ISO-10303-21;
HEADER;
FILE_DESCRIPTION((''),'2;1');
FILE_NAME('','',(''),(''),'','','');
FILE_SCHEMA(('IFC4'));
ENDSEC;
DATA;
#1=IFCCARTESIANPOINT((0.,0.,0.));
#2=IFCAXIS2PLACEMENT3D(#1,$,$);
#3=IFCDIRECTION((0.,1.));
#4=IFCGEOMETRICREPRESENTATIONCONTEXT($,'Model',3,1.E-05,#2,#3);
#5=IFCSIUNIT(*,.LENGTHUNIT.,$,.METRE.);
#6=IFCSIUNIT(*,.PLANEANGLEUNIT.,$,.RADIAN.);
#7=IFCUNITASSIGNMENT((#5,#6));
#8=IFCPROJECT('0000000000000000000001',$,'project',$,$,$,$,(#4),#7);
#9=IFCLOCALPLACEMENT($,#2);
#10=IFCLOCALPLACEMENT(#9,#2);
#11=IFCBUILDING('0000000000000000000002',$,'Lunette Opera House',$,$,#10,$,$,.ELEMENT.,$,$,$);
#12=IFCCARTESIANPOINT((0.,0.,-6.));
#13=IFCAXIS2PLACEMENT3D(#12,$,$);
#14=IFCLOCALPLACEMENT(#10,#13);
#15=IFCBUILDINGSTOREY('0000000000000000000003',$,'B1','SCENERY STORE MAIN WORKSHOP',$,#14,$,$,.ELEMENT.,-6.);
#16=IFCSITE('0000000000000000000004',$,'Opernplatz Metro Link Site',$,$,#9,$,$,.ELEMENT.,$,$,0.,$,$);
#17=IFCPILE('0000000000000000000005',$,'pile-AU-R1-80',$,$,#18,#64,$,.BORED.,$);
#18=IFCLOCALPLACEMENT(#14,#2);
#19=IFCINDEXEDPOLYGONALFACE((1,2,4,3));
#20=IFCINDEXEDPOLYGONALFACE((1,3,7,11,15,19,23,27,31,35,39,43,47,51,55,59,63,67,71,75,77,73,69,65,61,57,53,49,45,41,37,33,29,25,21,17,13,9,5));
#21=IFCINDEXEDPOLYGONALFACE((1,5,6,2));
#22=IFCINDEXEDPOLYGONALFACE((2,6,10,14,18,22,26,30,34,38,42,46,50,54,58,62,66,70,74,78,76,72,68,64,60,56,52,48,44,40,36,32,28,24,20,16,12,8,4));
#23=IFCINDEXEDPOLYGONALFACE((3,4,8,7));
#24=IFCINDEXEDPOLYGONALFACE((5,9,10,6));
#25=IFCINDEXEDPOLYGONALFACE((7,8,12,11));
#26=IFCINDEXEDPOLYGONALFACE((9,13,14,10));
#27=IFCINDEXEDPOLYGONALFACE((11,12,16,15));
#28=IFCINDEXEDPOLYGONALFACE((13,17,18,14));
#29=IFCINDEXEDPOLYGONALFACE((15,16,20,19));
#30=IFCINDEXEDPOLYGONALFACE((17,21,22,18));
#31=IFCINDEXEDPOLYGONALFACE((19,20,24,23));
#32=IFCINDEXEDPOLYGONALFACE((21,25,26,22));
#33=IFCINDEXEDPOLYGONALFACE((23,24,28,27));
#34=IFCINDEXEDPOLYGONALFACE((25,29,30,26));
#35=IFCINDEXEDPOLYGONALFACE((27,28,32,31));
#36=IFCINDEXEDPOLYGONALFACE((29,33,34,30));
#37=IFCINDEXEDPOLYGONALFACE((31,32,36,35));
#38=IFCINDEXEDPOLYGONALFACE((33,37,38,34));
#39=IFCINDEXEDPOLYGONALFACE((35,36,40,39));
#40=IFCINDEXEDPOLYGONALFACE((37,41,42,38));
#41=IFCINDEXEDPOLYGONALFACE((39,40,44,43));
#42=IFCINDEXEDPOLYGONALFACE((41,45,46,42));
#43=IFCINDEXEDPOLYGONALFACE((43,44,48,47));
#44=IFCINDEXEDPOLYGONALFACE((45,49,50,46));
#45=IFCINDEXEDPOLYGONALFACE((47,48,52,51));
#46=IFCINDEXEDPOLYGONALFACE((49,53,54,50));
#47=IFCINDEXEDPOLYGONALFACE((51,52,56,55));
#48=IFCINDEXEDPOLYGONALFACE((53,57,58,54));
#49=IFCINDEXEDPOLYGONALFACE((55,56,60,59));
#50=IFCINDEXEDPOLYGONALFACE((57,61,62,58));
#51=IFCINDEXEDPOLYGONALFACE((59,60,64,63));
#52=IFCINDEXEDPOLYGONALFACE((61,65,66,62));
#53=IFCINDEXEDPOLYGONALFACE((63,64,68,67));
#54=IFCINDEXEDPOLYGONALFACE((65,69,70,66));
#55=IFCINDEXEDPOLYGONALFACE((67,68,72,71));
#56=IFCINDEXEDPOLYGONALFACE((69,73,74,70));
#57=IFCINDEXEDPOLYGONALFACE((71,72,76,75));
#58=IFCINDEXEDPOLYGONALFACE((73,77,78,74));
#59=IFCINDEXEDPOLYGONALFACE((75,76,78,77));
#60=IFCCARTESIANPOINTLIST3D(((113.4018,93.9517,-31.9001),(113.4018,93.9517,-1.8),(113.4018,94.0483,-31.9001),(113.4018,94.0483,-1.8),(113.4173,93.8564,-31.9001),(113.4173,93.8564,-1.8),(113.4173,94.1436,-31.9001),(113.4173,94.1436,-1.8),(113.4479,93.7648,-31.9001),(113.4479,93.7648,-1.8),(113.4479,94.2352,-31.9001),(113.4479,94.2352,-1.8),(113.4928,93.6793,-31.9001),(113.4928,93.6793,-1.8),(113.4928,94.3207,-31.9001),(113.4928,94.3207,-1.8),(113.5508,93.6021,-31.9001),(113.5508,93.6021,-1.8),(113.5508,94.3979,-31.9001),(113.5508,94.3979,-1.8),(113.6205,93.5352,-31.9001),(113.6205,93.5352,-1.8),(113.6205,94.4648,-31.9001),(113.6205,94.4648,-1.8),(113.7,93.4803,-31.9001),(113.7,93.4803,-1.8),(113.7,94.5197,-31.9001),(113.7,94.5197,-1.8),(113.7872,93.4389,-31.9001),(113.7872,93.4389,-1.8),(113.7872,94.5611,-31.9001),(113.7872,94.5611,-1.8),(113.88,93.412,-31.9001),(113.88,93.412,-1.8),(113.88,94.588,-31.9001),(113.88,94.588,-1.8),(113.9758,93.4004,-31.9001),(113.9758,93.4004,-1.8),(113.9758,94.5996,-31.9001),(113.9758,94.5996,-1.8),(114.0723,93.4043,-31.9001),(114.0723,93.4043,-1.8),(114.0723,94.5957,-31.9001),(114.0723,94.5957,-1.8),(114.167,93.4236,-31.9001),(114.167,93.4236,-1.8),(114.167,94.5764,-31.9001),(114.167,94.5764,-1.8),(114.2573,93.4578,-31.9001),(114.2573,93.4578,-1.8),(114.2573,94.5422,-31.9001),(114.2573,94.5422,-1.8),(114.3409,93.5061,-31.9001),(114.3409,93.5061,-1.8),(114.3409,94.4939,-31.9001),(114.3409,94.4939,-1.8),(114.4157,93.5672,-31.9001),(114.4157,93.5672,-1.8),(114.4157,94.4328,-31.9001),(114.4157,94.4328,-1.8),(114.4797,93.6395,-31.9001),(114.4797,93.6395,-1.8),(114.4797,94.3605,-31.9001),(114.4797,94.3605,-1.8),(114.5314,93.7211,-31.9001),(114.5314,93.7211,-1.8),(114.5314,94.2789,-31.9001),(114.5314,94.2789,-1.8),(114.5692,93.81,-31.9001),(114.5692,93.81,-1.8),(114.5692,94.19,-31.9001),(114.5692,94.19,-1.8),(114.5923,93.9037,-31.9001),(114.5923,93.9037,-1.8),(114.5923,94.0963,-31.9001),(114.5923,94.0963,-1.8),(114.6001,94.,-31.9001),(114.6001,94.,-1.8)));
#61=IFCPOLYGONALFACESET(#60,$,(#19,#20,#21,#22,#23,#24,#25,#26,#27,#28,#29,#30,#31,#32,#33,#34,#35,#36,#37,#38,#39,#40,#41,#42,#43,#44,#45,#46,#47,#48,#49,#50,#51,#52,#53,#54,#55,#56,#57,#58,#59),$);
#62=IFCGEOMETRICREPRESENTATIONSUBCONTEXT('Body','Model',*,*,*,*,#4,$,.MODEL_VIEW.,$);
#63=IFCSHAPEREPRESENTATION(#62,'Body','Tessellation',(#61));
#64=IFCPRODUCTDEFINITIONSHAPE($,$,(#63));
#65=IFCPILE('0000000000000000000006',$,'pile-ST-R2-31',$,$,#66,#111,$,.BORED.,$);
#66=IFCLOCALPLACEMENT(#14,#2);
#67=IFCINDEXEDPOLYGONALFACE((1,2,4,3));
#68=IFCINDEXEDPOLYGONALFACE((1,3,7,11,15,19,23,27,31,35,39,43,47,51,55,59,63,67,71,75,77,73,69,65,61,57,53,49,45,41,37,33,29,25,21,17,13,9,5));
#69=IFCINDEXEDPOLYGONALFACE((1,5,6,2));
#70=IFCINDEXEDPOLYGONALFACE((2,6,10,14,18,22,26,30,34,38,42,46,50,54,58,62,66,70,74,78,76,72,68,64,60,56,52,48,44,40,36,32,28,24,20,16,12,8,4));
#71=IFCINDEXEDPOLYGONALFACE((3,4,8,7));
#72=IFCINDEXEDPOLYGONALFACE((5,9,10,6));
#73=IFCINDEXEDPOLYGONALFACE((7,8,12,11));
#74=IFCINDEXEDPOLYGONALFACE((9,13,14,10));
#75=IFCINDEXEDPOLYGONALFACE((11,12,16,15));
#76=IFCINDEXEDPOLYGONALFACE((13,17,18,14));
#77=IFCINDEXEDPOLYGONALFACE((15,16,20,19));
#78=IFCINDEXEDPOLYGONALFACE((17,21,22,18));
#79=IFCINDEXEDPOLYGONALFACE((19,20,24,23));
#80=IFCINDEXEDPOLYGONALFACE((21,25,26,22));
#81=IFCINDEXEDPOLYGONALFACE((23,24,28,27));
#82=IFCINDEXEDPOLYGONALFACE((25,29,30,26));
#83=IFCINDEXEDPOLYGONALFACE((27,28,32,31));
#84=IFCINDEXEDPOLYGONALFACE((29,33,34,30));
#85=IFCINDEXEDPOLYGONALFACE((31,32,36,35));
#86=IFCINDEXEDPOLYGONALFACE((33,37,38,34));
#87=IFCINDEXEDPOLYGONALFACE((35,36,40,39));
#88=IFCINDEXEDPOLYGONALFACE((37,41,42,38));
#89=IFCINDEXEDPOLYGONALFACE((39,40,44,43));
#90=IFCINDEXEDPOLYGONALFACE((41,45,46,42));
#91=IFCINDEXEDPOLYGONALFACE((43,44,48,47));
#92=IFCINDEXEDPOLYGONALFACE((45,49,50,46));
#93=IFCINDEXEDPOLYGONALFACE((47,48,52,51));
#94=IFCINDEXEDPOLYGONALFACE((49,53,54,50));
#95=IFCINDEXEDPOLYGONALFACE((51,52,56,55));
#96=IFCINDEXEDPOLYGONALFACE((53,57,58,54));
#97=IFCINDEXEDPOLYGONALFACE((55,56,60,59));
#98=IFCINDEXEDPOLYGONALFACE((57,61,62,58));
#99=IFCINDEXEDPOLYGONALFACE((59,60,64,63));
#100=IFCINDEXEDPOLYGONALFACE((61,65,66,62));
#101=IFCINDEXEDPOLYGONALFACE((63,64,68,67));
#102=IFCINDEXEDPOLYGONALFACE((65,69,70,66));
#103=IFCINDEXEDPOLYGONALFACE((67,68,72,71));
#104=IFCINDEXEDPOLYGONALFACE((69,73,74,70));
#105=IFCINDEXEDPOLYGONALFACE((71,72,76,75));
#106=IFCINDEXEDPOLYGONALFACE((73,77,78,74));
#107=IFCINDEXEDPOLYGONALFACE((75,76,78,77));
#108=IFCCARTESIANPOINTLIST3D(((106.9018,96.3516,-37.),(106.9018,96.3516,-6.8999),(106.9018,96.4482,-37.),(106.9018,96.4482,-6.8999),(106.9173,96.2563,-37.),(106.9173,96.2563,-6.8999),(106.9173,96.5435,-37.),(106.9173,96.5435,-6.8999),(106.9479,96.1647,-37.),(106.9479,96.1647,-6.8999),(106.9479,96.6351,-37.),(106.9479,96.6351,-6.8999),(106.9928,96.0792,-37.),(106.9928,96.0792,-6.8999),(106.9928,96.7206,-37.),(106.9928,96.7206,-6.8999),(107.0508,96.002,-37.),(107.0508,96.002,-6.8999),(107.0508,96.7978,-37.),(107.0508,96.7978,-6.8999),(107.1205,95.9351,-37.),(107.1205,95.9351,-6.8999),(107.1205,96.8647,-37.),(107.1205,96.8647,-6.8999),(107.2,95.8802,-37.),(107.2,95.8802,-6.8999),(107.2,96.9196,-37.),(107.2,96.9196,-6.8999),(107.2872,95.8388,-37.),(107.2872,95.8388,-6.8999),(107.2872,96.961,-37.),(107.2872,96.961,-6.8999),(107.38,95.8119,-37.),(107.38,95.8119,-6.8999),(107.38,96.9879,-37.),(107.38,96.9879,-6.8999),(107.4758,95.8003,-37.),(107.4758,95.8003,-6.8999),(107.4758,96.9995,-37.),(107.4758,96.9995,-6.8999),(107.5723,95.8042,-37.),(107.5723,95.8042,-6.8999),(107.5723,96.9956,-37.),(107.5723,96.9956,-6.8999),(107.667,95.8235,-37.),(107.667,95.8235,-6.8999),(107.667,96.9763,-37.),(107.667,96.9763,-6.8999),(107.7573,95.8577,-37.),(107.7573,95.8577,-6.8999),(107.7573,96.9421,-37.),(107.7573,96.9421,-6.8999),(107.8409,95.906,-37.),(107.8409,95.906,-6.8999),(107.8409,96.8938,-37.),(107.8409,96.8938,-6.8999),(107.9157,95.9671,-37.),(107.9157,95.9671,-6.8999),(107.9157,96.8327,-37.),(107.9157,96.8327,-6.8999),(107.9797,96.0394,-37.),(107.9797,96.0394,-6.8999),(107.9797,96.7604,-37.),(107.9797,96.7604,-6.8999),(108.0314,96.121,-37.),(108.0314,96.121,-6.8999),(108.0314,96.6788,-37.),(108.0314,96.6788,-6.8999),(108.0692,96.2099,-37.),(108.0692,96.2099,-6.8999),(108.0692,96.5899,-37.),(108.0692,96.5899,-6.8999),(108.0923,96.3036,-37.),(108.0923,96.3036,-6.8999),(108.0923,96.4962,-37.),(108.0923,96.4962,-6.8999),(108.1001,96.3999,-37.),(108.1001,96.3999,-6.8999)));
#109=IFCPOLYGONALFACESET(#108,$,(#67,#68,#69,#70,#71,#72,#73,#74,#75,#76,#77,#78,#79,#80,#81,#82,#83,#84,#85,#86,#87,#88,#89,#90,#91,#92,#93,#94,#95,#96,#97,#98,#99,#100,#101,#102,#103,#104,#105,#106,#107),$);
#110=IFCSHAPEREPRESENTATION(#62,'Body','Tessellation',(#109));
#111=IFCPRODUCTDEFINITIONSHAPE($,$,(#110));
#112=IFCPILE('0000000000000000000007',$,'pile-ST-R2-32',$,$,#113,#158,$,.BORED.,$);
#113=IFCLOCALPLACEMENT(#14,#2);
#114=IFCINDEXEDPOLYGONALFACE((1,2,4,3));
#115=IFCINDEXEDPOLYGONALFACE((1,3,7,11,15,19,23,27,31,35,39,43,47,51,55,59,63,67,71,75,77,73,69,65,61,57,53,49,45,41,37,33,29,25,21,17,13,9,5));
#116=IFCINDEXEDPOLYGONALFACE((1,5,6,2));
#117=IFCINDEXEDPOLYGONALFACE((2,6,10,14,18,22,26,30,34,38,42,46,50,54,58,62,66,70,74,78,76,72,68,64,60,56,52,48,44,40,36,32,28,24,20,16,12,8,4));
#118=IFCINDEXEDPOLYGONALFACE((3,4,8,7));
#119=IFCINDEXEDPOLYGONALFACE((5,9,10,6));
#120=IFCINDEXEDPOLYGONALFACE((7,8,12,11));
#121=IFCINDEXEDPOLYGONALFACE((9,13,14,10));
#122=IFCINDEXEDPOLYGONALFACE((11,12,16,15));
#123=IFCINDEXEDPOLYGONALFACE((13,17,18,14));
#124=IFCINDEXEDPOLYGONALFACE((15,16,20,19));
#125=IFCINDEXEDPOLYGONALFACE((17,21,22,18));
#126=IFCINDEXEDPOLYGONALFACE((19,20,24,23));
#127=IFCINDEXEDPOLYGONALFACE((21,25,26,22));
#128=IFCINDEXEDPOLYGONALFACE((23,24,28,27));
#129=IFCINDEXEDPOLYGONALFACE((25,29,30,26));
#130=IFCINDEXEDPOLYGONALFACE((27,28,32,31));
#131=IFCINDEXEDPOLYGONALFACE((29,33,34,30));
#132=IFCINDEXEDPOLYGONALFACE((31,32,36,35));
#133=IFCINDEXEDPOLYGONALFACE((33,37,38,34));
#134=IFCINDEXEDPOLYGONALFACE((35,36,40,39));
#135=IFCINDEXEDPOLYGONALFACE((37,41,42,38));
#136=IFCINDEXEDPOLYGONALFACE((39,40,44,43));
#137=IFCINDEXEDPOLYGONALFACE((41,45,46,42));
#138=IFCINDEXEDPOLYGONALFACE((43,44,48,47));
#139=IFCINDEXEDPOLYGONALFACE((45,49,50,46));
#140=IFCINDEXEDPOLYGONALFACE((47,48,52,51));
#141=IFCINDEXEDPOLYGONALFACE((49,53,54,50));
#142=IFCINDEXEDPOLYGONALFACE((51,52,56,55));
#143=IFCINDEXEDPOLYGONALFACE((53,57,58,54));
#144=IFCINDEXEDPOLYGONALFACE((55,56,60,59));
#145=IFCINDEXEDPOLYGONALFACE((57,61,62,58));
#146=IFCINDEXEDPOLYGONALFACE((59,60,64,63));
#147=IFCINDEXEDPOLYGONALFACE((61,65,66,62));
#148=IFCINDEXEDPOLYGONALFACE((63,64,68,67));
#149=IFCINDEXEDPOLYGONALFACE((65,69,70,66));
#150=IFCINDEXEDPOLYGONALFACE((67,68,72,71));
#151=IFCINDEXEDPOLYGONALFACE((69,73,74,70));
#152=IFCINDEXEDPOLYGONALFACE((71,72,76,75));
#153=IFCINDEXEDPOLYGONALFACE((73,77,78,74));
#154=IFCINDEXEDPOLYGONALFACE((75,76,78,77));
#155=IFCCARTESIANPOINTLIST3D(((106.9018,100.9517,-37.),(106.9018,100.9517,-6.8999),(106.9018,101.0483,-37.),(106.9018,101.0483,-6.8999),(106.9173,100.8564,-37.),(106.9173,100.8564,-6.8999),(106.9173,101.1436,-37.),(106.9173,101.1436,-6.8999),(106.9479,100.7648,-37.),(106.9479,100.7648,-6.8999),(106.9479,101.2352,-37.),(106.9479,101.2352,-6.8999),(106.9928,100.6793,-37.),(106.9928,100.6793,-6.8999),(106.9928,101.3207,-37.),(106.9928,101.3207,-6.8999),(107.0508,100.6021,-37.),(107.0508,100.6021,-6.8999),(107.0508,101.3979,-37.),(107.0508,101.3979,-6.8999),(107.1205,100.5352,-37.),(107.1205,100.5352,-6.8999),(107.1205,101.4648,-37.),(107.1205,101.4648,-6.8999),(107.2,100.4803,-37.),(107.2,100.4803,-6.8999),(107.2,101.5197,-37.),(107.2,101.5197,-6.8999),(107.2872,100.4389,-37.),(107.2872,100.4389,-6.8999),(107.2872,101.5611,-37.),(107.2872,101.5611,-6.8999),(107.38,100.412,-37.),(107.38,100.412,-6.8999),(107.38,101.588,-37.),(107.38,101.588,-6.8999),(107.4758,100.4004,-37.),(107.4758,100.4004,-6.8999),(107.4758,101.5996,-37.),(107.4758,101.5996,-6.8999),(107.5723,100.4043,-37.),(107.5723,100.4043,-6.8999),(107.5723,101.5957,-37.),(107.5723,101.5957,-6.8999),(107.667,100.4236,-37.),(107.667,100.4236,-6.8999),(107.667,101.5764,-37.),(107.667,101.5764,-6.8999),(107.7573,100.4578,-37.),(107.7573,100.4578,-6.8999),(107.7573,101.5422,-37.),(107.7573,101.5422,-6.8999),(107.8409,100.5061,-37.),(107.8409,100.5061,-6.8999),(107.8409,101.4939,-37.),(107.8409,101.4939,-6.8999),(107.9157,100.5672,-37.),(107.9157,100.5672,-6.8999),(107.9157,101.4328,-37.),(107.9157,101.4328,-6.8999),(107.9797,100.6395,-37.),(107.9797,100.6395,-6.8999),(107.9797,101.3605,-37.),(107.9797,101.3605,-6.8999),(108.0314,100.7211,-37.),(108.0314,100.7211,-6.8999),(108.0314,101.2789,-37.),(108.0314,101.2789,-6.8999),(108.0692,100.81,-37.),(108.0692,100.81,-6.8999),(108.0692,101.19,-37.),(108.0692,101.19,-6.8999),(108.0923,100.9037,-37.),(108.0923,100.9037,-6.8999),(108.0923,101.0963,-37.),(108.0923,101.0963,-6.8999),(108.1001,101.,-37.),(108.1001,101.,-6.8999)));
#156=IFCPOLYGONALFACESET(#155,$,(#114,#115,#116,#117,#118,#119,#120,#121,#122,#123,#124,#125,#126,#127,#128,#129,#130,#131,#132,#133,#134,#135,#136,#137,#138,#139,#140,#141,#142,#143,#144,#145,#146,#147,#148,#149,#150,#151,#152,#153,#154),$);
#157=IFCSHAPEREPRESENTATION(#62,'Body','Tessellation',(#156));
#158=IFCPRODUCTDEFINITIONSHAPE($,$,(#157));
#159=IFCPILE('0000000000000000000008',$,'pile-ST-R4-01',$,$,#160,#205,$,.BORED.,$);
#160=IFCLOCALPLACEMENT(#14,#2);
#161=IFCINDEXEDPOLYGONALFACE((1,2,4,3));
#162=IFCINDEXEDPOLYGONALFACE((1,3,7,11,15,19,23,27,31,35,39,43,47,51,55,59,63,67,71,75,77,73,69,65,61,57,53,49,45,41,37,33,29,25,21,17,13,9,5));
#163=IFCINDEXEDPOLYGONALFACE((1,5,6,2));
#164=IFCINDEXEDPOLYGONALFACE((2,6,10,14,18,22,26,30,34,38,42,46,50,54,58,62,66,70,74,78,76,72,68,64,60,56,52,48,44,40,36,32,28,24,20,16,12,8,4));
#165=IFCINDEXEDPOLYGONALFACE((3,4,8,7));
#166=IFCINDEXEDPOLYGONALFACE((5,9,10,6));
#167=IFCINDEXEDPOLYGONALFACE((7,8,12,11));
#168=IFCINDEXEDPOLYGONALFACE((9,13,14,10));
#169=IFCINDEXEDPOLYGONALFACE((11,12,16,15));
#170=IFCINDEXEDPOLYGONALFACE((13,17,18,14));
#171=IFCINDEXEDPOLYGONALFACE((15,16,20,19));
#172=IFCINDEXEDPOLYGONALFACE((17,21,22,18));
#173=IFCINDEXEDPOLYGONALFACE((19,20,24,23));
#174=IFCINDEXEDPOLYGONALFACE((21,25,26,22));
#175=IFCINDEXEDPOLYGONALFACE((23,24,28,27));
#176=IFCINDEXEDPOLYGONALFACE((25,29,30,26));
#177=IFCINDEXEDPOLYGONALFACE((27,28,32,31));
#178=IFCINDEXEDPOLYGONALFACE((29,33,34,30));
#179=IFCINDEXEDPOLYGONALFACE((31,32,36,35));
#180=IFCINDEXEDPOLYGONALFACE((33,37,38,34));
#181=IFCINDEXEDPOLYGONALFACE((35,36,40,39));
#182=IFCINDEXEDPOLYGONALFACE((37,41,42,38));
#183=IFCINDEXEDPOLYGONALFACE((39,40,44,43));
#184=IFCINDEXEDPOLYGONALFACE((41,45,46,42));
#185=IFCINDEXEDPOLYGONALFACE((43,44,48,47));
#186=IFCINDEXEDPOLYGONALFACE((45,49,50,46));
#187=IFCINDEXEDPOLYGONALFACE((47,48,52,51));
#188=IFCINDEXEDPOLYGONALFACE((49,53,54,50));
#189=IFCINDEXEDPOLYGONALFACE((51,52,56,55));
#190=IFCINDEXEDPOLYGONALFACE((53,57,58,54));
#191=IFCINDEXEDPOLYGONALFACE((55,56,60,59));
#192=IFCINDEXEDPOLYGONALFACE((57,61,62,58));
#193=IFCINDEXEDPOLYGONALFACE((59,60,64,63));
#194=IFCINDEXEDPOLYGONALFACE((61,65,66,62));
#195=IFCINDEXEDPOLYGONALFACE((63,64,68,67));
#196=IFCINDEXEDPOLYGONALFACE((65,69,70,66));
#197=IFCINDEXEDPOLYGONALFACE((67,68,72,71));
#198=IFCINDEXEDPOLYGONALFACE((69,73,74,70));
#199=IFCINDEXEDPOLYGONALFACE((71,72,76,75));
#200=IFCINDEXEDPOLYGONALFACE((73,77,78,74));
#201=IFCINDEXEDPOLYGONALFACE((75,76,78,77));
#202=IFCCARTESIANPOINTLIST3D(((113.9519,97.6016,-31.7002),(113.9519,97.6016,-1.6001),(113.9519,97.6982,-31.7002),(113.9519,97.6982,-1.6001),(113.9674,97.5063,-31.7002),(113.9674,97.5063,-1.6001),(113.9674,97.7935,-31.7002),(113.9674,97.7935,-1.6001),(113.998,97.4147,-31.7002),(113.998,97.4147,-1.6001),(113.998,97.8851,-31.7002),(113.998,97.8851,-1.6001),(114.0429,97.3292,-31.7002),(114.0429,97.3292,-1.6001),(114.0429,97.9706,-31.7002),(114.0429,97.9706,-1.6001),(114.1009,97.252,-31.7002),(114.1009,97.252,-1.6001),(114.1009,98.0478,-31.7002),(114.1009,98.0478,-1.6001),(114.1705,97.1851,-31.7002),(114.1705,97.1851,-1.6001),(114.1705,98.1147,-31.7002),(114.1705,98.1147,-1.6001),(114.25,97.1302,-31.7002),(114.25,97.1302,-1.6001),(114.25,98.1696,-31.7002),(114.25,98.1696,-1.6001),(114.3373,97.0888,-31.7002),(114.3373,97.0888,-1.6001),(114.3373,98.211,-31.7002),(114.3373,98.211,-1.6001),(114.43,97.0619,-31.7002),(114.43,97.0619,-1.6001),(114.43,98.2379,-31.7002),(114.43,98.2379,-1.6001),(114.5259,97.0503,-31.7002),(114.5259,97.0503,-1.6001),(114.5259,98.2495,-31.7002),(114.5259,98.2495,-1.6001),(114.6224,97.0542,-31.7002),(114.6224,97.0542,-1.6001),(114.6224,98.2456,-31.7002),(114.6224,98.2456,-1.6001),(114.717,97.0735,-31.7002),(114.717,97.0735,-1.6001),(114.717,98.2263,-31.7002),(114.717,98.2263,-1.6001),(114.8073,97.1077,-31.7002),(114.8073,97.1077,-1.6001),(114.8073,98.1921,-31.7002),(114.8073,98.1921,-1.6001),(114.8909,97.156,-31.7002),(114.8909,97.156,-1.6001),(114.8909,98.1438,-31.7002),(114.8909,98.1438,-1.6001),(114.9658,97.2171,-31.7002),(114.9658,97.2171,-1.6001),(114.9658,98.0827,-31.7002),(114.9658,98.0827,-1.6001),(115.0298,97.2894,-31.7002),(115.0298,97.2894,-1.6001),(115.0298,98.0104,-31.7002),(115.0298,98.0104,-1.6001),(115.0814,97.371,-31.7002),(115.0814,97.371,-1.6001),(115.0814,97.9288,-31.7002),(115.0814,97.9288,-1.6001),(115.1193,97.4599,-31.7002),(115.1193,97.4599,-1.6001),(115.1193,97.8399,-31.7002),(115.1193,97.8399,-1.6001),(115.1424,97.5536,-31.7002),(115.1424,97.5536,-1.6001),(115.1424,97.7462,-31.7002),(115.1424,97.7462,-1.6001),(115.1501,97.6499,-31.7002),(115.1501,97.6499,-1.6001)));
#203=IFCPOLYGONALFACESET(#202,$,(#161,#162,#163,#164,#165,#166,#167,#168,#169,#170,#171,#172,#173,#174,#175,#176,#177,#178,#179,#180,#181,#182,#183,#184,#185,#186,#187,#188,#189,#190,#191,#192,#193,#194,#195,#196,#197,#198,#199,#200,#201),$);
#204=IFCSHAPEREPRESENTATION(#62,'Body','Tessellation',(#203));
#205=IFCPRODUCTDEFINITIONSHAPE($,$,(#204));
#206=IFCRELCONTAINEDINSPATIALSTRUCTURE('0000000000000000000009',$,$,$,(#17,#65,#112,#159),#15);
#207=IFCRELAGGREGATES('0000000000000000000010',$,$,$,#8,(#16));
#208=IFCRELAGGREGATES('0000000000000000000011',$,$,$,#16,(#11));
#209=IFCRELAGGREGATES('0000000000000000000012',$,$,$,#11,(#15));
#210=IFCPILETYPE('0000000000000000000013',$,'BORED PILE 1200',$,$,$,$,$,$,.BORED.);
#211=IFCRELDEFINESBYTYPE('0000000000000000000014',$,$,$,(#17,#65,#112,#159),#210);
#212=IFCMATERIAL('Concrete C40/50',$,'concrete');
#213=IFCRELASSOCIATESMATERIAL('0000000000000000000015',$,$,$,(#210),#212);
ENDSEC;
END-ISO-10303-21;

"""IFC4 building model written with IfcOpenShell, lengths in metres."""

from ifc_helpers import new_model, si_unit, direction, frame, origin, origin_2d, place, context, subcontext, project, spatial, circle, extrude, material, material_profile, profile_set, type_object, element, save


model = new_model("IFC4")

# Units and contexts
model_context = context("Model", 3, precision=1e-05, world=origin(), true_north=direction((0.0, 1.0)))
body_context = subcontext(model_context, "Body", "Model", "MODEL_VIEW")
ifc_project = project(units=[si_unit("LENGTHUNIT", "METRE"), si_unit("PLANEANGLEUNIT", "RADIAN")], contexts=[model_context])

# Site, building, storey
site_placement = place(None, origin())
site = spatial("IfcSite", under=ifc_project, at=site_placement, Name="Opernplatz Metro Link Site", CompositionType="ELEMENT", RefElevation=0.0)
building_placement = place(site_placement, origin())
building = spatial("IfcBuilding", under=site, at=building_placement, Name="Lunette Opera House", CompositionType="ELEMENT")
storey_placement = place(building_placement, frame((0.0, 0.0, -6.0)))
storey = spatial("IfcBuildingStorey", under=building, at=storey_placement, Name="B1", Description="SCENERY STORE MAIN WORKSHOP", CompositionType="ELEMENT", Elevation=-6.0)

# Piles
ifc_material_1 = material(Name="Concrete C40/50", Category="concrete")
ifc_material_profile = material_profile(ifc_material_1, circle(Radius=0.6001, at=origin_2d()), Name="BORED PILE 1200")
ifc_profile_set = profile_set([ifc_material_profile], Name="Concrete C40/50")
pile_type = type_object("IfcPileType", Name="BORED PILE 1200", PredefinedType="BORED", material=ifc_profile_set)
for number, where, z_axis, x_axis, name in (
    (1, (114.0, 94.0, -1.8), (0.0, 0.0, -1.0), (1.0, 0.0, 0.0), "pile-AU-R1-80"),
    (2, (107.5, 96.3999, -6.8999), (0.0, 0.0, -1.0), (1.0, 0.0, 0.0), "pile-ST-R2-31"),
    (3, (107.5, 101.0, -6.8999), (0.0, 0.0, -1.0), (1.0, 0.0, 0.0), "pile-ST-R2-32"),
    (4, (114.55, 97.6499, -1.6001), (0.0, 0.0, -1.0), (1.0, 0.0, 0.0), "pile-ST-R4-01"),
):
    element("IfcPile", number, at=place(storey_placement, frame(where, z_axis=z_axis, x_axis=x_axis)), inside=storey, type_object=pile_type, Name=name, PredefinedType="BORED", context=body_context, shape_type="SweptSolid", body=[
        extrude(circle(Radius=0.6001, at=origin_2d()), origin(), (0.0, 0.0, 1.0), 30.1001),
    ])

save(model, "model.ifc")
